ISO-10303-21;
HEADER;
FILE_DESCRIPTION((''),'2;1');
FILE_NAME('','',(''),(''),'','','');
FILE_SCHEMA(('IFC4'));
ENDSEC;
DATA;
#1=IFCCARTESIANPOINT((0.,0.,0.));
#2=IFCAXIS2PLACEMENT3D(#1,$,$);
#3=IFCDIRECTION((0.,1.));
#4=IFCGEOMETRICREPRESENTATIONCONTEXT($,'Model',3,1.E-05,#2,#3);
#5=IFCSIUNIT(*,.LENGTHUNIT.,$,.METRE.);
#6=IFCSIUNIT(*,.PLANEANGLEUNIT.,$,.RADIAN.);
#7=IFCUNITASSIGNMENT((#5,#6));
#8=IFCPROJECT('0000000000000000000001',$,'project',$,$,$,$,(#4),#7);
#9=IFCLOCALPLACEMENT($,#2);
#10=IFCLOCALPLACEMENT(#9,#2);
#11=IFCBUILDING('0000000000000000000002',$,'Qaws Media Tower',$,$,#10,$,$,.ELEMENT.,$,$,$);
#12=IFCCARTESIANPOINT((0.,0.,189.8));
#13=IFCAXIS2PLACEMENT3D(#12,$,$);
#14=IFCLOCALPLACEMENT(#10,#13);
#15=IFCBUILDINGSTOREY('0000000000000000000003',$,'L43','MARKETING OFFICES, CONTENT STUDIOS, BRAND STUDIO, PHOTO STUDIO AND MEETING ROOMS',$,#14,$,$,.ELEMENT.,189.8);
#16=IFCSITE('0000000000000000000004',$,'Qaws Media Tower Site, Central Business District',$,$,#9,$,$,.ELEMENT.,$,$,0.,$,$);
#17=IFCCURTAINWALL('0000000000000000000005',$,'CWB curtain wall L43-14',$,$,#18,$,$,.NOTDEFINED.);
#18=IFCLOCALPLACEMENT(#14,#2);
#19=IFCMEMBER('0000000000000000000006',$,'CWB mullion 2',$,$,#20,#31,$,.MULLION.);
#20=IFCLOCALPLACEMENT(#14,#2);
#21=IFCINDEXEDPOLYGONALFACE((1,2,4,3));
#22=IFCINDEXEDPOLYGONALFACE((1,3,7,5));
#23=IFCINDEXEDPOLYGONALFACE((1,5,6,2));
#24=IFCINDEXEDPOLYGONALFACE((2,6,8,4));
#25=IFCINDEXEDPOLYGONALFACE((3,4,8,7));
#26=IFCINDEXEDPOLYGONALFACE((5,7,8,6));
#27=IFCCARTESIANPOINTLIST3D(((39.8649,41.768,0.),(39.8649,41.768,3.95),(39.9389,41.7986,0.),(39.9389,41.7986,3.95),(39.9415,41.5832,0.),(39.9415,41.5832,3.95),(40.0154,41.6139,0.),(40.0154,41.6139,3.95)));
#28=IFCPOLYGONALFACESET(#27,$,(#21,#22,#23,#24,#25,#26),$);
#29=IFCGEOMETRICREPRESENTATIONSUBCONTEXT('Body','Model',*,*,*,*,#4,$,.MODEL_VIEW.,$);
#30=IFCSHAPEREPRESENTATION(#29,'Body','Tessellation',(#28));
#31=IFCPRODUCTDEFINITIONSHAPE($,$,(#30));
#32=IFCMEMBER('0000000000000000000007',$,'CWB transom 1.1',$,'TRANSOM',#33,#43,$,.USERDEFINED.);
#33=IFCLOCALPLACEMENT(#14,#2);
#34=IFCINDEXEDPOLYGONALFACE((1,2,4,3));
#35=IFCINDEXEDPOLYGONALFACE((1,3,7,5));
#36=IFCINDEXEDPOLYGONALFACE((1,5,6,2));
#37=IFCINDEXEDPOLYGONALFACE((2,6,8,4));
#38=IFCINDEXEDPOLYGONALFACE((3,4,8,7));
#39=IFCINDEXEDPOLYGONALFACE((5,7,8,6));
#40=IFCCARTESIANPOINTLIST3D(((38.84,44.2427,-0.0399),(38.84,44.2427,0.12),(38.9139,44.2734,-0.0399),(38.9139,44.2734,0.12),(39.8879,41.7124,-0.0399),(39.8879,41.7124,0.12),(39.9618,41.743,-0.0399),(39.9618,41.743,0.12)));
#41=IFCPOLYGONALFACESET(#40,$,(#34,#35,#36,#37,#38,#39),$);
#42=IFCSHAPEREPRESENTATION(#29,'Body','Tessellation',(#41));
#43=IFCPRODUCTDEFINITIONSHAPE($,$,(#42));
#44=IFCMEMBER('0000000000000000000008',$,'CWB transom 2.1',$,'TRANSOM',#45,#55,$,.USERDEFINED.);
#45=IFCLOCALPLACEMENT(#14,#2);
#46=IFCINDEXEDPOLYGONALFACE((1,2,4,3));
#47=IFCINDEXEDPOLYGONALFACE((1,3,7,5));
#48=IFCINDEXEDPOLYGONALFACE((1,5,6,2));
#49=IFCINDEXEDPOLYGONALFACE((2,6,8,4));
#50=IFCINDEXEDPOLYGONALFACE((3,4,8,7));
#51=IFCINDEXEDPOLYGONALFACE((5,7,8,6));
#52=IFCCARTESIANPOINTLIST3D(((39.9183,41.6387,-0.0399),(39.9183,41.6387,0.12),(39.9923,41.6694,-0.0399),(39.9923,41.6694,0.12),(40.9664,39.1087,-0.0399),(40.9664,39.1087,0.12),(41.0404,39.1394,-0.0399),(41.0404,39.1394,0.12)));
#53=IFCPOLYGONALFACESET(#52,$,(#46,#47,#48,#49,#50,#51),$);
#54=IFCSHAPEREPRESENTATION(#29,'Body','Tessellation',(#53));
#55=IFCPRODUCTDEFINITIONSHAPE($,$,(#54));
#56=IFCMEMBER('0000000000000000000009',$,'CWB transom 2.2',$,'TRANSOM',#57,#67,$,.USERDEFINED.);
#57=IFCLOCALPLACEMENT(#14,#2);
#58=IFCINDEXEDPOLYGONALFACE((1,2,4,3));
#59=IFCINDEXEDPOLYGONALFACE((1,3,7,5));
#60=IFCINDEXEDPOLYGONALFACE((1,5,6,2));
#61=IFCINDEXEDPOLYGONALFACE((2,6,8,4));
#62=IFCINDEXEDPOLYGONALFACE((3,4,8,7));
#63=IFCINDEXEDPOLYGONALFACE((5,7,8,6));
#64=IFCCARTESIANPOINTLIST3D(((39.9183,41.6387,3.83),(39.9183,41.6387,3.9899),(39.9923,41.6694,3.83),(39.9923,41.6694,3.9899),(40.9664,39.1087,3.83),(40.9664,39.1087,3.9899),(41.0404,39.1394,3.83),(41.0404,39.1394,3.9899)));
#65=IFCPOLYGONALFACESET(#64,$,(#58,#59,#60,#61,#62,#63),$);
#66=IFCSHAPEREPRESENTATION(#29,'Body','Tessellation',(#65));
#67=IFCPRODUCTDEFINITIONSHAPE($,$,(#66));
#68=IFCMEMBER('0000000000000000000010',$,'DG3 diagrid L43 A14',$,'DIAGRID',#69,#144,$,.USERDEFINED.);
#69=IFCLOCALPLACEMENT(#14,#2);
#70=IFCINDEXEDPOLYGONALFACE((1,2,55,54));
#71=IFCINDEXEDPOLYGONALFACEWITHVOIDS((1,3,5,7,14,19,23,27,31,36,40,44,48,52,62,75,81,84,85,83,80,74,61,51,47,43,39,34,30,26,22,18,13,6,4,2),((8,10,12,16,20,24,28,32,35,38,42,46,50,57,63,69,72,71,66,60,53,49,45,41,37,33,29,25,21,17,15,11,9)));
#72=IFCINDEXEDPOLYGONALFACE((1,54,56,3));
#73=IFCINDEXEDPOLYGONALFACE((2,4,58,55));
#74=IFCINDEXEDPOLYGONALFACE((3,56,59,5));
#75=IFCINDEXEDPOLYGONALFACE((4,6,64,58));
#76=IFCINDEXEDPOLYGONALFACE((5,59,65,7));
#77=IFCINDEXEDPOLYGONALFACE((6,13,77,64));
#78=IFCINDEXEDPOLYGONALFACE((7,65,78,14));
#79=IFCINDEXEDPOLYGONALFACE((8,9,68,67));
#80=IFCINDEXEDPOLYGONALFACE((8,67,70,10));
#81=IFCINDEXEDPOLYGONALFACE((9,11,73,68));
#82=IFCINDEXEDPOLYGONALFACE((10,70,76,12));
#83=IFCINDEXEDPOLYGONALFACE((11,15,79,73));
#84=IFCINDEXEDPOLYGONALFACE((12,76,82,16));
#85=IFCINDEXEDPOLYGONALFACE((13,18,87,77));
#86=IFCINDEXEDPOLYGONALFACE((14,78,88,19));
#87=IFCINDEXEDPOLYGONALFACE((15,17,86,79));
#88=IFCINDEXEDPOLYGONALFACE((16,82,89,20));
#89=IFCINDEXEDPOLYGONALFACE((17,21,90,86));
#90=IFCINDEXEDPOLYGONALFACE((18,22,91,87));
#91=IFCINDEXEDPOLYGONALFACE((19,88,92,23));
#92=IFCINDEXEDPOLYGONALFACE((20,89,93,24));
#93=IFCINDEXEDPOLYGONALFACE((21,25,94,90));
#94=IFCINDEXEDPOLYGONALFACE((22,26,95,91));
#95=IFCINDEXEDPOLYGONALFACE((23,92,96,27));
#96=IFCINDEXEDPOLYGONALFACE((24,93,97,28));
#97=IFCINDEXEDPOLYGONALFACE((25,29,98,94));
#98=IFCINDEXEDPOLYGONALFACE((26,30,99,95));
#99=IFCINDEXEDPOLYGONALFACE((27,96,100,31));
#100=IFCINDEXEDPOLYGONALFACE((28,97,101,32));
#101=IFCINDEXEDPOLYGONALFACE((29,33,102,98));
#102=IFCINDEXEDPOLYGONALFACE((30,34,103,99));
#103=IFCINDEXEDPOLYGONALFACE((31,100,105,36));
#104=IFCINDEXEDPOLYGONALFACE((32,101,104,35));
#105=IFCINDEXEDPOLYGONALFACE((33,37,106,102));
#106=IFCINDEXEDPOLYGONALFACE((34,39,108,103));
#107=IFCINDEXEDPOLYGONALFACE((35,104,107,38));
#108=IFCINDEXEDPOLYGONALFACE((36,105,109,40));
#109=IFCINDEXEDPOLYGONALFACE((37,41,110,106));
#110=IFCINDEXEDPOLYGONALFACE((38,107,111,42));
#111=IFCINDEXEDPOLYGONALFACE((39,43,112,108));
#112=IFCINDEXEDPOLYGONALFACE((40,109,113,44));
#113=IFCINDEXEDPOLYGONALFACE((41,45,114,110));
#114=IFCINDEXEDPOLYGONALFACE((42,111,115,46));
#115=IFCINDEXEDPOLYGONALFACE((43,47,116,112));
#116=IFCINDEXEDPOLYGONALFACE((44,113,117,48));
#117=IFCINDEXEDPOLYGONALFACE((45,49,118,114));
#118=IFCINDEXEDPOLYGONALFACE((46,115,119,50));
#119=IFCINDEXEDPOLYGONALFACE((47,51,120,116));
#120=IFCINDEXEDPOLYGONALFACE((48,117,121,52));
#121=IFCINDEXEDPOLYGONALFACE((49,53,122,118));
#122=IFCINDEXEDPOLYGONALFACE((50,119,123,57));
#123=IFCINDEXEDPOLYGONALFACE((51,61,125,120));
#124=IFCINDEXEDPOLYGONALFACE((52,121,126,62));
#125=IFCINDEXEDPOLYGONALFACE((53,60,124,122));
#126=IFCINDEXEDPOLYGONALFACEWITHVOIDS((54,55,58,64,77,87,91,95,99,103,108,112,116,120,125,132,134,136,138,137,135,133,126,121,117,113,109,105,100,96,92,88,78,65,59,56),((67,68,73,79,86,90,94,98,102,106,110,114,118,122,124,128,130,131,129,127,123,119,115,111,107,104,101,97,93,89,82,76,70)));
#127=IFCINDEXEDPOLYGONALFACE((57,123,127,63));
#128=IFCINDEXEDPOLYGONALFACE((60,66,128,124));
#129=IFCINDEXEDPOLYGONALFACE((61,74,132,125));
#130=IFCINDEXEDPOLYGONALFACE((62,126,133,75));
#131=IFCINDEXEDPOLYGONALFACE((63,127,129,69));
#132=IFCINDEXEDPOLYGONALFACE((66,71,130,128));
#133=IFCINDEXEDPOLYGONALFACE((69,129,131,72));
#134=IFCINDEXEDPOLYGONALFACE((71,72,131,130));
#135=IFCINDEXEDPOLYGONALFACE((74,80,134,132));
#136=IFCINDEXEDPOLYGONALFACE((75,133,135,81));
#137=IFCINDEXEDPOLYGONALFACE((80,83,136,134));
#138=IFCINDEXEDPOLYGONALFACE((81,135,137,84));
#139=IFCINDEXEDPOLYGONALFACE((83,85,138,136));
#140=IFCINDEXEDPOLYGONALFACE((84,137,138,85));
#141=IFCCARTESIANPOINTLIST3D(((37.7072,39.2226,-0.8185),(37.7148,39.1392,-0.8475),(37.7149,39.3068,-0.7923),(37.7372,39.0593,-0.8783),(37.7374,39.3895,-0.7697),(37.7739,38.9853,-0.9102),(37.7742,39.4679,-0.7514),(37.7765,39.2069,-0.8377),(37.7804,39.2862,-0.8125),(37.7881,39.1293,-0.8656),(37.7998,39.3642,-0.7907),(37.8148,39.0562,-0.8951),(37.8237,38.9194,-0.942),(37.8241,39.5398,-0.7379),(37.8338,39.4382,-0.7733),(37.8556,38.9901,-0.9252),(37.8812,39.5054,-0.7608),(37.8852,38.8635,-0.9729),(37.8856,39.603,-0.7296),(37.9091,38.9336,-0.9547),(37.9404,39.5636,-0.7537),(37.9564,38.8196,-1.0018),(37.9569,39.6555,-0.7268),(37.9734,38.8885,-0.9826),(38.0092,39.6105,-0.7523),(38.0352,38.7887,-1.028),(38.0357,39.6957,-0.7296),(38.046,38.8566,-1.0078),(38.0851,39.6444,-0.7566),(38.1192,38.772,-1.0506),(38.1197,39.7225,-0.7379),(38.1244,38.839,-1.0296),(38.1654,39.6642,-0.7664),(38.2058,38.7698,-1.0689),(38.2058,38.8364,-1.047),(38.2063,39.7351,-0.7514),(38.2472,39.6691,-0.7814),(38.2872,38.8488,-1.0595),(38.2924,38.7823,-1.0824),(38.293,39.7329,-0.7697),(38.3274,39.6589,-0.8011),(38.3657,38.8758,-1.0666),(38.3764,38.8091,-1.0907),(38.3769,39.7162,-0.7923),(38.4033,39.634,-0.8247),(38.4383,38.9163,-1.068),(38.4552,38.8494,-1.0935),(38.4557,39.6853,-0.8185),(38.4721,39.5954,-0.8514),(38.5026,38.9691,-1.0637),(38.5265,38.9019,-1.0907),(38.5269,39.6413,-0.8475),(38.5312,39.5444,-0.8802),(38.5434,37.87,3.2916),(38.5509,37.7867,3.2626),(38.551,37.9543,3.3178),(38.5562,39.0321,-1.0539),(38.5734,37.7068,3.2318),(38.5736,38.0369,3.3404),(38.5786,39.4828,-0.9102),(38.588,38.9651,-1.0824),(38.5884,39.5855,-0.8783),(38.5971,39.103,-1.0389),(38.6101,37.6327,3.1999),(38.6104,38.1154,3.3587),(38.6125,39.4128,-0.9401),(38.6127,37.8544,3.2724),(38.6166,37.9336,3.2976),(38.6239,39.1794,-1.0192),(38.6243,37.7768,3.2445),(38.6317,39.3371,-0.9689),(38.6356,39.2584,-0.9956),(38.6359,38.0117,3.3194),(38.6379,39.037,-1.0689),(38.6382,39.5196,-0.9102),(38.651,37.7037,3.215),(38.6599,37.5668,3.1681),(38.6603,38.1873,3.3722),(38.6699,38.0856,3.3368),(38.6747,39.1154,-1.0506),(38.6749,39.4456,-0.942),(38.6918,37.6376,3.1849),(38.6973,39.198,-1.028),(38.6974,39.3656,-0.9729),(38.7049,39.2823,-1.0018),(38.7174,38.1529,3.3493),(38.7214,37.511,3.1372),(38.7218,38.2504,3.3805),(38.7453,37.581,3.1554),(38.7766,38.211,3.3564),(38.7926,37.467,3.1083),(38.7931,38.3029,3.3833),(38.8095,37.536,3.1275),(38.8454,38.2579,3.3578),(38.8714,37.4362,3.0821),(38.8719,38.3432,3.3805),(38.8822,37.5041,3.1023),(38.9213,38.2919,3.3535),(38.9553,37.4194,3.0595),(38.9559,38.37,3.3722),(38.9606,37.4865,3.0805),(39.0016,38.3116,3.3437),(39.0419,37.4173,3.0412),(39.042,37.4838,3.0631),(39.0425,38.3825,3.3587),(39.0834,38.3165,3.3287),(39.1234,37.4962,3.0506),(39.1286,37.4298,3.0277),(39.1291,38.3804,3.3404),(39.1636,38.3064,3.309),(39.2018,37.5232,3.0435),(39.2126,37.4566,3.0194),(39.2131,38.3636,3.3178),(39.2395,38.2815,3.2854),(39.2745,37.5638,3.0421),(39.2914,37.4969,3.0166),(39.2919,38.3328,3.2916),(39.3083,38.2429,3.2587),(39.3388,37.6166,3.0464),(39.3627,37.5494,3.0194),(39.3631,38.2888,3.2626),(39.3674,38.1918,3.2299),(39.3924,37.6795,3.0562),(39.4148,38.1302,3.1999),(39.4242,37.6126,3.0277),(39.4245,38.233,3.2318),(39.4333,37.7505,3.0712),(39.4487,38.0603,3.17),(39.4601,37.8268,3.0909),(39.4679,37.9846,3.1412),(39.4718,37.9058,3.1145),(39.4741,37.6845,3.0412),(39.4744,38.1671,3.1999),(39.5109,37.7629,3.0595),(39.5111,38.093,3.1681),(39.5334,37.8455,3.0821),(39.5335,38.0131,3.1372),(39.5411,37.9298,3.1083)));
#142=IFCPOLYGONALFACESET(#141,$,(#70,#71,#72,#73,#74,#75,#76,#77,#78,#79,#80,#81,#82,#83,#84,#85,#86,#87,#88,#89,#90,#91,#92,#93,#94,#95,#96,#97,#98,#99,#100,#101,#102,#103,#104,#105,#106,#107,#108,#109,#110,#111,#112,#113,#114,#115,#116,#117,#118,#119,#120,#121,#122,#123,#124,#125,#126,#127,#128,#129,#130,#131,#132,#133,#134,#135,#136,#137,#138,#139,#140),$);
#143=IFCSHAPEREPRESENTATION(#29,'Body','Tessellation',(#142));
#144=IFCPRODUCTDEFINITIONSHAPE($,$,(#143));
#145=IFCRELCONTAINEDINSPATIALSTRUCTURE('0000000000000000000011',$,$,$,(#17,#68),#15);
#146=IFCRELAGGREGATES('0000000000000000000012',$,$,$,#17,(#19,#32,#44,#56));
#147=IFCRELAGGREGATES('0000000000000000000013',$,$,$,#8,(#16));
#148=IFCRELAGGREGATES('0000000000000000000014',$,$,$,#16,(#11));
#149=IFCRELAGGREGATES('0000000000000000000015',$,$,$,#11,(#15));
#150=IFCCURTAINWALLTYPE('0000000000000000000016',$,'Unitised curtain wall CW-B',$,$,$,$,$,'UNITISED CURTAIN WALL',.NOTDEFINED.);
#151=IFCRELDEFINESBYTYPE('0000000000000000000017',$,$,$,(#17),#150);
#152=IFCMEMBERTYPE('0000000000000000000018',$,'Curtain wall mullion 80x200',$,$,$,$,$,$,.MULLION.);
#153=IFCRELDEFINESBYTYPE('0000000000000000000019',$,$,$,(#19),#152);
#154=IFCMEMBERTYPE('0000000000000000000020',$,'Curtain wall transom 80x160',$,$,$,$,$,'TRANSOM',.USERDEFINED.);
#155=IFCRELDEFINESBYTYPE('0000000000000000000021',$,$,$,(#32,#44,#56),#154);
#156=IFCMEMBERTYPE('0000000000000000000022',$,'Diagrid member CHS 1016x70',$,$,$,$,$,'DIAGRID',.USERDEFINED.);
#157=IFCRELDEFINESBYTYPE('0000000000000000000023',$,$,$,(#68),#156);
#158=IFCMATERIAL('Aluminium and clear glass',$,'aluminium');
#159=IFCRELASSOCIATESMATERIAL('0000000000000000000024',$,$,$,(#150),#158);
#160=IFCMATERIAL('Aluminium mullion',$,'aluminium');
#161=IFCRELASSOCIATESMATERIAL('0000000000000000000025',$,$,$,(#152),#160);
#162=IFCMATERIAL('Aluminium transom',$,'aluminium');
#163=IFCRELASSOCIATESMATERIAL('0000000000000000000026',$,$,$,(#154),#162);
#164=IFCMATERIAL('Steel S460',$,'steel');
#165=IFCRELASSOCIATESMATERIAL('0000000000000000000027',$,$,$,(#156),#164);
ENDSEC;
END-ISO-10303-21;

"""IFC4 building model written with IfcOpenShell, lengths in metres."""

from ifc_helpers import new_model, si_unit, direction, frame, origin, origin_2d, place, context, subcontext, project, spatial, rectangle, hollow_circle, extrude, material, material_profile, profile_set, type_object, element, aggregate, save


model = new_model("IFC4")

# Units and contexts
model_context = context("Model", 3, precision=1e-05, world=origin(), true_north=direction((0.0, 1.0)))
body_context = subcontext(model_context, "Body", "Model", "MODEL_VIEW")
ifc_project = project(units=[si_unit("LENGTHUNIT", "METRE"), si_unit("PLANEANGLEUNIT", "RADIAN")], contexts=[model_context])

# Site, building, storey
site_placement = place(None, origin())
site = spatial("IfcSite", under=ifc_project, at=site_placement, Name="Qaws Media Tower Site, Central Business District", CompositionType="ELEMENT", RefElevation=0.0)
building_placement = place(site_placement, origin())
building = spatial("IfcBuilding", under=site, at=building_placement, Name="Qaws Media Tower", CompositionType="ELEMENT")
storey_placement = place(building_placement, frame((0.0, 0.0, 189.8)))
storey = spatial("IfcBuildingStorey", under=building, at=storey_placement, Name="L43", Description="MARKETING OFFICES, CONTENT STUDIOS, BRAND STUDIO, PHOTO STUDIO AND MEETING ROOMS", CompositionType="ELEMENT", Elevation=189.8)

# Curtain wall, members
ifc_material_1 = material(Name="Aluminium and clear glass", Category="aluminium")
curtain_wall_type = type_object("IfcCurtainWallType", Name="Unitised curtain wall CW-B", ElementType="UNITISED CURTAIN WALL", PredefinedType="NOTDEFINED", material=ifc_material_1)
curtain_wall_placement = place(storey_placement, origin())
curtain_wall = element("IfcCurtainWall", 1, at=curtain_wall_placement, inside=storey, type_object=curtain_wall_type, Name="CWB curtain wall L43-14", PredefinedType="NOTDEFINED")
ifc_material_2 = material(Name="Aluminium mullion", Category="aluminium")
ifc_material_profile_1 = material_profile(ifc_material_2, rectangle(XDim=0.0801, YDim=0.2, at=origin_2d()), Name="80x200")
ifc_profile_set_1 = profile_set([ifc_material_profile_1], Name="Aluminium mullion")
member_type_1 = type_object("IfcMemberType", Name="Curtain wall mullion 80x200", PredefinedType="MULLION", material=ifc_profile_set_1)
member_1_placement = place(storey_placement, frame((39.9402, 41.6909, 0.0), z_axis=(0.0, 0.0, 1.0), x_axis=(0.923879, 0.382684, 0.0)))
member_1 = element("IfcMember", 2, at=member_1_placement, type_object=member_type_1, Name="CWB mullion 2", PredefinedType="MULLION", context=body_context, shape_type="SweptSolid", body=[
    extrude(rectangle(XDim=0.0801, YDim=0.2, at=origin_2d()), origin(), (0.0, 0.0, 1.0), 3.95),
])
ifc_material_3 = material(Name="Aluminium transom", Category="aluminium")
ifc_material_profile_2 = material_profile(ifc_material_3, rectangle(XDim=0.0801, YDim=0.1599, at=origin_2d()), Name="80x160")
ifc_profile_set_2 = profile_set([ifc_material_profile_2], Name="Aluminium transom")
member_type_2 = type_object("IfcMemberType", Name="Curtain wall transom 80x160", ElementType="TRANSOM", PredefinedType="USERDEFINED", material=ifc_profile_set_2)
member_2_placement = place(storey_placement, frame((38.877, 44.2581, 0.04), z_axis=(0.382614, -0.923908, 0.0), x_axis=(0.923908, 0.382614, 0.0)))
member_2 = element("IfcMember", 3, at=member_2_placement, type_object=member_type_2, Name="CWB transom 1.1", ObjectType="TRANSOM", PredefinedType="USERDEFINED", context=body_context, shape_type="SweptSolid", body=[
    extrude(rectangle(XDim=0.0801, YDim=0.1599, at=origin_2d()), origin(), (0.0, 0.0, 1.0), 2.7388),
])
member_3_placement = place(storey_placement, frame((39.9553, 41.6541, 0.04), z_axis=(0.382722, -0.923864, 0.0), x_axis=(0.923864, 0.382722, 0.0)))
member_3 = element("IfcMember", 4, at=member_3_placement, type_object=member_type_2, Name="CWB transom 2.1", ObjectType="TRANSOM", PredefinedType="USERDEFINED", context=body_context, shape_type="SweptSolid", body=[
    extrude(rectangle(XDim=0.0801, YDim=0.1599, at=origin_2d()), origin(), (0.0, 0.0, 1.0), 2.7385),
])
member_4_placement = place(storey_placement, frame((39.9553, 41.6541, 3.9099), z_axis=(0.382722, -0.923864, 0.0), x_axis=(0.923864, 0.382722, 0.0)))
member_4 = element("IfcMember", 5, at=member_4_placement, type_object=member_type_2, Name="CWB transom 2.2", ObjectType="TRANSOM", PredefinedType="USERDEFINED", context=body_context, shape_type="SweptSolid", body=[
    extrude(rectangle(XDim=0.0801, YDim=0.1599, at=origin_2d()), origin(), (0.0, 0.0, 1.0), 2.7385),
])

# Member
ifc_material_4 = material(Name="Steel S460", Category="steel")
ifc_material_profile_3 = material_profile(ifc_material_4, hollow_circle(Radius=0.5081, WallThickness=0.0701, at=origin_2d()), Name="CHS 1016x70")
ifc_profile_set_3 = profile_set([ifc_material_profile_3], Name="Steel S460")
member_type_3 = type_object("IfcMemberType", Name="Diagrid member CHS 1016x70", ElementType="DIAGRID", PredefinedType="USERDEFINED", material=ifc_profile_set_3)
for number, where, z_axis, x_axis, name in (
    (6, (38.2061, 39.2524, -0.9102), (0.18974, -0.306908, 0.932634), (0.850576, 0.525852, 0.0), "DG3 diagrid L43 A14"),
):
    element("IfcMember", number, at=place(storey_placement, frame(where, z_axis=z_axis, x_axis=x_axis)), inside=storey, type_object=member_type_3, Name=name, ObjectType="DIAGRID", PredefinedType="USERDEFINED", context=body_context, shape_type="SweptSolid", body=[
        extrude(hollow_circle(Radius=0.5081, WallThickness=0.0701, at=origin_2d()), origin(), (0.0, 0.0, 1.0), 4.407),
    ])

aggregate(curtain_wall, [member_1, member_2, member_3, member_4])

save(model, "model.ifc")
